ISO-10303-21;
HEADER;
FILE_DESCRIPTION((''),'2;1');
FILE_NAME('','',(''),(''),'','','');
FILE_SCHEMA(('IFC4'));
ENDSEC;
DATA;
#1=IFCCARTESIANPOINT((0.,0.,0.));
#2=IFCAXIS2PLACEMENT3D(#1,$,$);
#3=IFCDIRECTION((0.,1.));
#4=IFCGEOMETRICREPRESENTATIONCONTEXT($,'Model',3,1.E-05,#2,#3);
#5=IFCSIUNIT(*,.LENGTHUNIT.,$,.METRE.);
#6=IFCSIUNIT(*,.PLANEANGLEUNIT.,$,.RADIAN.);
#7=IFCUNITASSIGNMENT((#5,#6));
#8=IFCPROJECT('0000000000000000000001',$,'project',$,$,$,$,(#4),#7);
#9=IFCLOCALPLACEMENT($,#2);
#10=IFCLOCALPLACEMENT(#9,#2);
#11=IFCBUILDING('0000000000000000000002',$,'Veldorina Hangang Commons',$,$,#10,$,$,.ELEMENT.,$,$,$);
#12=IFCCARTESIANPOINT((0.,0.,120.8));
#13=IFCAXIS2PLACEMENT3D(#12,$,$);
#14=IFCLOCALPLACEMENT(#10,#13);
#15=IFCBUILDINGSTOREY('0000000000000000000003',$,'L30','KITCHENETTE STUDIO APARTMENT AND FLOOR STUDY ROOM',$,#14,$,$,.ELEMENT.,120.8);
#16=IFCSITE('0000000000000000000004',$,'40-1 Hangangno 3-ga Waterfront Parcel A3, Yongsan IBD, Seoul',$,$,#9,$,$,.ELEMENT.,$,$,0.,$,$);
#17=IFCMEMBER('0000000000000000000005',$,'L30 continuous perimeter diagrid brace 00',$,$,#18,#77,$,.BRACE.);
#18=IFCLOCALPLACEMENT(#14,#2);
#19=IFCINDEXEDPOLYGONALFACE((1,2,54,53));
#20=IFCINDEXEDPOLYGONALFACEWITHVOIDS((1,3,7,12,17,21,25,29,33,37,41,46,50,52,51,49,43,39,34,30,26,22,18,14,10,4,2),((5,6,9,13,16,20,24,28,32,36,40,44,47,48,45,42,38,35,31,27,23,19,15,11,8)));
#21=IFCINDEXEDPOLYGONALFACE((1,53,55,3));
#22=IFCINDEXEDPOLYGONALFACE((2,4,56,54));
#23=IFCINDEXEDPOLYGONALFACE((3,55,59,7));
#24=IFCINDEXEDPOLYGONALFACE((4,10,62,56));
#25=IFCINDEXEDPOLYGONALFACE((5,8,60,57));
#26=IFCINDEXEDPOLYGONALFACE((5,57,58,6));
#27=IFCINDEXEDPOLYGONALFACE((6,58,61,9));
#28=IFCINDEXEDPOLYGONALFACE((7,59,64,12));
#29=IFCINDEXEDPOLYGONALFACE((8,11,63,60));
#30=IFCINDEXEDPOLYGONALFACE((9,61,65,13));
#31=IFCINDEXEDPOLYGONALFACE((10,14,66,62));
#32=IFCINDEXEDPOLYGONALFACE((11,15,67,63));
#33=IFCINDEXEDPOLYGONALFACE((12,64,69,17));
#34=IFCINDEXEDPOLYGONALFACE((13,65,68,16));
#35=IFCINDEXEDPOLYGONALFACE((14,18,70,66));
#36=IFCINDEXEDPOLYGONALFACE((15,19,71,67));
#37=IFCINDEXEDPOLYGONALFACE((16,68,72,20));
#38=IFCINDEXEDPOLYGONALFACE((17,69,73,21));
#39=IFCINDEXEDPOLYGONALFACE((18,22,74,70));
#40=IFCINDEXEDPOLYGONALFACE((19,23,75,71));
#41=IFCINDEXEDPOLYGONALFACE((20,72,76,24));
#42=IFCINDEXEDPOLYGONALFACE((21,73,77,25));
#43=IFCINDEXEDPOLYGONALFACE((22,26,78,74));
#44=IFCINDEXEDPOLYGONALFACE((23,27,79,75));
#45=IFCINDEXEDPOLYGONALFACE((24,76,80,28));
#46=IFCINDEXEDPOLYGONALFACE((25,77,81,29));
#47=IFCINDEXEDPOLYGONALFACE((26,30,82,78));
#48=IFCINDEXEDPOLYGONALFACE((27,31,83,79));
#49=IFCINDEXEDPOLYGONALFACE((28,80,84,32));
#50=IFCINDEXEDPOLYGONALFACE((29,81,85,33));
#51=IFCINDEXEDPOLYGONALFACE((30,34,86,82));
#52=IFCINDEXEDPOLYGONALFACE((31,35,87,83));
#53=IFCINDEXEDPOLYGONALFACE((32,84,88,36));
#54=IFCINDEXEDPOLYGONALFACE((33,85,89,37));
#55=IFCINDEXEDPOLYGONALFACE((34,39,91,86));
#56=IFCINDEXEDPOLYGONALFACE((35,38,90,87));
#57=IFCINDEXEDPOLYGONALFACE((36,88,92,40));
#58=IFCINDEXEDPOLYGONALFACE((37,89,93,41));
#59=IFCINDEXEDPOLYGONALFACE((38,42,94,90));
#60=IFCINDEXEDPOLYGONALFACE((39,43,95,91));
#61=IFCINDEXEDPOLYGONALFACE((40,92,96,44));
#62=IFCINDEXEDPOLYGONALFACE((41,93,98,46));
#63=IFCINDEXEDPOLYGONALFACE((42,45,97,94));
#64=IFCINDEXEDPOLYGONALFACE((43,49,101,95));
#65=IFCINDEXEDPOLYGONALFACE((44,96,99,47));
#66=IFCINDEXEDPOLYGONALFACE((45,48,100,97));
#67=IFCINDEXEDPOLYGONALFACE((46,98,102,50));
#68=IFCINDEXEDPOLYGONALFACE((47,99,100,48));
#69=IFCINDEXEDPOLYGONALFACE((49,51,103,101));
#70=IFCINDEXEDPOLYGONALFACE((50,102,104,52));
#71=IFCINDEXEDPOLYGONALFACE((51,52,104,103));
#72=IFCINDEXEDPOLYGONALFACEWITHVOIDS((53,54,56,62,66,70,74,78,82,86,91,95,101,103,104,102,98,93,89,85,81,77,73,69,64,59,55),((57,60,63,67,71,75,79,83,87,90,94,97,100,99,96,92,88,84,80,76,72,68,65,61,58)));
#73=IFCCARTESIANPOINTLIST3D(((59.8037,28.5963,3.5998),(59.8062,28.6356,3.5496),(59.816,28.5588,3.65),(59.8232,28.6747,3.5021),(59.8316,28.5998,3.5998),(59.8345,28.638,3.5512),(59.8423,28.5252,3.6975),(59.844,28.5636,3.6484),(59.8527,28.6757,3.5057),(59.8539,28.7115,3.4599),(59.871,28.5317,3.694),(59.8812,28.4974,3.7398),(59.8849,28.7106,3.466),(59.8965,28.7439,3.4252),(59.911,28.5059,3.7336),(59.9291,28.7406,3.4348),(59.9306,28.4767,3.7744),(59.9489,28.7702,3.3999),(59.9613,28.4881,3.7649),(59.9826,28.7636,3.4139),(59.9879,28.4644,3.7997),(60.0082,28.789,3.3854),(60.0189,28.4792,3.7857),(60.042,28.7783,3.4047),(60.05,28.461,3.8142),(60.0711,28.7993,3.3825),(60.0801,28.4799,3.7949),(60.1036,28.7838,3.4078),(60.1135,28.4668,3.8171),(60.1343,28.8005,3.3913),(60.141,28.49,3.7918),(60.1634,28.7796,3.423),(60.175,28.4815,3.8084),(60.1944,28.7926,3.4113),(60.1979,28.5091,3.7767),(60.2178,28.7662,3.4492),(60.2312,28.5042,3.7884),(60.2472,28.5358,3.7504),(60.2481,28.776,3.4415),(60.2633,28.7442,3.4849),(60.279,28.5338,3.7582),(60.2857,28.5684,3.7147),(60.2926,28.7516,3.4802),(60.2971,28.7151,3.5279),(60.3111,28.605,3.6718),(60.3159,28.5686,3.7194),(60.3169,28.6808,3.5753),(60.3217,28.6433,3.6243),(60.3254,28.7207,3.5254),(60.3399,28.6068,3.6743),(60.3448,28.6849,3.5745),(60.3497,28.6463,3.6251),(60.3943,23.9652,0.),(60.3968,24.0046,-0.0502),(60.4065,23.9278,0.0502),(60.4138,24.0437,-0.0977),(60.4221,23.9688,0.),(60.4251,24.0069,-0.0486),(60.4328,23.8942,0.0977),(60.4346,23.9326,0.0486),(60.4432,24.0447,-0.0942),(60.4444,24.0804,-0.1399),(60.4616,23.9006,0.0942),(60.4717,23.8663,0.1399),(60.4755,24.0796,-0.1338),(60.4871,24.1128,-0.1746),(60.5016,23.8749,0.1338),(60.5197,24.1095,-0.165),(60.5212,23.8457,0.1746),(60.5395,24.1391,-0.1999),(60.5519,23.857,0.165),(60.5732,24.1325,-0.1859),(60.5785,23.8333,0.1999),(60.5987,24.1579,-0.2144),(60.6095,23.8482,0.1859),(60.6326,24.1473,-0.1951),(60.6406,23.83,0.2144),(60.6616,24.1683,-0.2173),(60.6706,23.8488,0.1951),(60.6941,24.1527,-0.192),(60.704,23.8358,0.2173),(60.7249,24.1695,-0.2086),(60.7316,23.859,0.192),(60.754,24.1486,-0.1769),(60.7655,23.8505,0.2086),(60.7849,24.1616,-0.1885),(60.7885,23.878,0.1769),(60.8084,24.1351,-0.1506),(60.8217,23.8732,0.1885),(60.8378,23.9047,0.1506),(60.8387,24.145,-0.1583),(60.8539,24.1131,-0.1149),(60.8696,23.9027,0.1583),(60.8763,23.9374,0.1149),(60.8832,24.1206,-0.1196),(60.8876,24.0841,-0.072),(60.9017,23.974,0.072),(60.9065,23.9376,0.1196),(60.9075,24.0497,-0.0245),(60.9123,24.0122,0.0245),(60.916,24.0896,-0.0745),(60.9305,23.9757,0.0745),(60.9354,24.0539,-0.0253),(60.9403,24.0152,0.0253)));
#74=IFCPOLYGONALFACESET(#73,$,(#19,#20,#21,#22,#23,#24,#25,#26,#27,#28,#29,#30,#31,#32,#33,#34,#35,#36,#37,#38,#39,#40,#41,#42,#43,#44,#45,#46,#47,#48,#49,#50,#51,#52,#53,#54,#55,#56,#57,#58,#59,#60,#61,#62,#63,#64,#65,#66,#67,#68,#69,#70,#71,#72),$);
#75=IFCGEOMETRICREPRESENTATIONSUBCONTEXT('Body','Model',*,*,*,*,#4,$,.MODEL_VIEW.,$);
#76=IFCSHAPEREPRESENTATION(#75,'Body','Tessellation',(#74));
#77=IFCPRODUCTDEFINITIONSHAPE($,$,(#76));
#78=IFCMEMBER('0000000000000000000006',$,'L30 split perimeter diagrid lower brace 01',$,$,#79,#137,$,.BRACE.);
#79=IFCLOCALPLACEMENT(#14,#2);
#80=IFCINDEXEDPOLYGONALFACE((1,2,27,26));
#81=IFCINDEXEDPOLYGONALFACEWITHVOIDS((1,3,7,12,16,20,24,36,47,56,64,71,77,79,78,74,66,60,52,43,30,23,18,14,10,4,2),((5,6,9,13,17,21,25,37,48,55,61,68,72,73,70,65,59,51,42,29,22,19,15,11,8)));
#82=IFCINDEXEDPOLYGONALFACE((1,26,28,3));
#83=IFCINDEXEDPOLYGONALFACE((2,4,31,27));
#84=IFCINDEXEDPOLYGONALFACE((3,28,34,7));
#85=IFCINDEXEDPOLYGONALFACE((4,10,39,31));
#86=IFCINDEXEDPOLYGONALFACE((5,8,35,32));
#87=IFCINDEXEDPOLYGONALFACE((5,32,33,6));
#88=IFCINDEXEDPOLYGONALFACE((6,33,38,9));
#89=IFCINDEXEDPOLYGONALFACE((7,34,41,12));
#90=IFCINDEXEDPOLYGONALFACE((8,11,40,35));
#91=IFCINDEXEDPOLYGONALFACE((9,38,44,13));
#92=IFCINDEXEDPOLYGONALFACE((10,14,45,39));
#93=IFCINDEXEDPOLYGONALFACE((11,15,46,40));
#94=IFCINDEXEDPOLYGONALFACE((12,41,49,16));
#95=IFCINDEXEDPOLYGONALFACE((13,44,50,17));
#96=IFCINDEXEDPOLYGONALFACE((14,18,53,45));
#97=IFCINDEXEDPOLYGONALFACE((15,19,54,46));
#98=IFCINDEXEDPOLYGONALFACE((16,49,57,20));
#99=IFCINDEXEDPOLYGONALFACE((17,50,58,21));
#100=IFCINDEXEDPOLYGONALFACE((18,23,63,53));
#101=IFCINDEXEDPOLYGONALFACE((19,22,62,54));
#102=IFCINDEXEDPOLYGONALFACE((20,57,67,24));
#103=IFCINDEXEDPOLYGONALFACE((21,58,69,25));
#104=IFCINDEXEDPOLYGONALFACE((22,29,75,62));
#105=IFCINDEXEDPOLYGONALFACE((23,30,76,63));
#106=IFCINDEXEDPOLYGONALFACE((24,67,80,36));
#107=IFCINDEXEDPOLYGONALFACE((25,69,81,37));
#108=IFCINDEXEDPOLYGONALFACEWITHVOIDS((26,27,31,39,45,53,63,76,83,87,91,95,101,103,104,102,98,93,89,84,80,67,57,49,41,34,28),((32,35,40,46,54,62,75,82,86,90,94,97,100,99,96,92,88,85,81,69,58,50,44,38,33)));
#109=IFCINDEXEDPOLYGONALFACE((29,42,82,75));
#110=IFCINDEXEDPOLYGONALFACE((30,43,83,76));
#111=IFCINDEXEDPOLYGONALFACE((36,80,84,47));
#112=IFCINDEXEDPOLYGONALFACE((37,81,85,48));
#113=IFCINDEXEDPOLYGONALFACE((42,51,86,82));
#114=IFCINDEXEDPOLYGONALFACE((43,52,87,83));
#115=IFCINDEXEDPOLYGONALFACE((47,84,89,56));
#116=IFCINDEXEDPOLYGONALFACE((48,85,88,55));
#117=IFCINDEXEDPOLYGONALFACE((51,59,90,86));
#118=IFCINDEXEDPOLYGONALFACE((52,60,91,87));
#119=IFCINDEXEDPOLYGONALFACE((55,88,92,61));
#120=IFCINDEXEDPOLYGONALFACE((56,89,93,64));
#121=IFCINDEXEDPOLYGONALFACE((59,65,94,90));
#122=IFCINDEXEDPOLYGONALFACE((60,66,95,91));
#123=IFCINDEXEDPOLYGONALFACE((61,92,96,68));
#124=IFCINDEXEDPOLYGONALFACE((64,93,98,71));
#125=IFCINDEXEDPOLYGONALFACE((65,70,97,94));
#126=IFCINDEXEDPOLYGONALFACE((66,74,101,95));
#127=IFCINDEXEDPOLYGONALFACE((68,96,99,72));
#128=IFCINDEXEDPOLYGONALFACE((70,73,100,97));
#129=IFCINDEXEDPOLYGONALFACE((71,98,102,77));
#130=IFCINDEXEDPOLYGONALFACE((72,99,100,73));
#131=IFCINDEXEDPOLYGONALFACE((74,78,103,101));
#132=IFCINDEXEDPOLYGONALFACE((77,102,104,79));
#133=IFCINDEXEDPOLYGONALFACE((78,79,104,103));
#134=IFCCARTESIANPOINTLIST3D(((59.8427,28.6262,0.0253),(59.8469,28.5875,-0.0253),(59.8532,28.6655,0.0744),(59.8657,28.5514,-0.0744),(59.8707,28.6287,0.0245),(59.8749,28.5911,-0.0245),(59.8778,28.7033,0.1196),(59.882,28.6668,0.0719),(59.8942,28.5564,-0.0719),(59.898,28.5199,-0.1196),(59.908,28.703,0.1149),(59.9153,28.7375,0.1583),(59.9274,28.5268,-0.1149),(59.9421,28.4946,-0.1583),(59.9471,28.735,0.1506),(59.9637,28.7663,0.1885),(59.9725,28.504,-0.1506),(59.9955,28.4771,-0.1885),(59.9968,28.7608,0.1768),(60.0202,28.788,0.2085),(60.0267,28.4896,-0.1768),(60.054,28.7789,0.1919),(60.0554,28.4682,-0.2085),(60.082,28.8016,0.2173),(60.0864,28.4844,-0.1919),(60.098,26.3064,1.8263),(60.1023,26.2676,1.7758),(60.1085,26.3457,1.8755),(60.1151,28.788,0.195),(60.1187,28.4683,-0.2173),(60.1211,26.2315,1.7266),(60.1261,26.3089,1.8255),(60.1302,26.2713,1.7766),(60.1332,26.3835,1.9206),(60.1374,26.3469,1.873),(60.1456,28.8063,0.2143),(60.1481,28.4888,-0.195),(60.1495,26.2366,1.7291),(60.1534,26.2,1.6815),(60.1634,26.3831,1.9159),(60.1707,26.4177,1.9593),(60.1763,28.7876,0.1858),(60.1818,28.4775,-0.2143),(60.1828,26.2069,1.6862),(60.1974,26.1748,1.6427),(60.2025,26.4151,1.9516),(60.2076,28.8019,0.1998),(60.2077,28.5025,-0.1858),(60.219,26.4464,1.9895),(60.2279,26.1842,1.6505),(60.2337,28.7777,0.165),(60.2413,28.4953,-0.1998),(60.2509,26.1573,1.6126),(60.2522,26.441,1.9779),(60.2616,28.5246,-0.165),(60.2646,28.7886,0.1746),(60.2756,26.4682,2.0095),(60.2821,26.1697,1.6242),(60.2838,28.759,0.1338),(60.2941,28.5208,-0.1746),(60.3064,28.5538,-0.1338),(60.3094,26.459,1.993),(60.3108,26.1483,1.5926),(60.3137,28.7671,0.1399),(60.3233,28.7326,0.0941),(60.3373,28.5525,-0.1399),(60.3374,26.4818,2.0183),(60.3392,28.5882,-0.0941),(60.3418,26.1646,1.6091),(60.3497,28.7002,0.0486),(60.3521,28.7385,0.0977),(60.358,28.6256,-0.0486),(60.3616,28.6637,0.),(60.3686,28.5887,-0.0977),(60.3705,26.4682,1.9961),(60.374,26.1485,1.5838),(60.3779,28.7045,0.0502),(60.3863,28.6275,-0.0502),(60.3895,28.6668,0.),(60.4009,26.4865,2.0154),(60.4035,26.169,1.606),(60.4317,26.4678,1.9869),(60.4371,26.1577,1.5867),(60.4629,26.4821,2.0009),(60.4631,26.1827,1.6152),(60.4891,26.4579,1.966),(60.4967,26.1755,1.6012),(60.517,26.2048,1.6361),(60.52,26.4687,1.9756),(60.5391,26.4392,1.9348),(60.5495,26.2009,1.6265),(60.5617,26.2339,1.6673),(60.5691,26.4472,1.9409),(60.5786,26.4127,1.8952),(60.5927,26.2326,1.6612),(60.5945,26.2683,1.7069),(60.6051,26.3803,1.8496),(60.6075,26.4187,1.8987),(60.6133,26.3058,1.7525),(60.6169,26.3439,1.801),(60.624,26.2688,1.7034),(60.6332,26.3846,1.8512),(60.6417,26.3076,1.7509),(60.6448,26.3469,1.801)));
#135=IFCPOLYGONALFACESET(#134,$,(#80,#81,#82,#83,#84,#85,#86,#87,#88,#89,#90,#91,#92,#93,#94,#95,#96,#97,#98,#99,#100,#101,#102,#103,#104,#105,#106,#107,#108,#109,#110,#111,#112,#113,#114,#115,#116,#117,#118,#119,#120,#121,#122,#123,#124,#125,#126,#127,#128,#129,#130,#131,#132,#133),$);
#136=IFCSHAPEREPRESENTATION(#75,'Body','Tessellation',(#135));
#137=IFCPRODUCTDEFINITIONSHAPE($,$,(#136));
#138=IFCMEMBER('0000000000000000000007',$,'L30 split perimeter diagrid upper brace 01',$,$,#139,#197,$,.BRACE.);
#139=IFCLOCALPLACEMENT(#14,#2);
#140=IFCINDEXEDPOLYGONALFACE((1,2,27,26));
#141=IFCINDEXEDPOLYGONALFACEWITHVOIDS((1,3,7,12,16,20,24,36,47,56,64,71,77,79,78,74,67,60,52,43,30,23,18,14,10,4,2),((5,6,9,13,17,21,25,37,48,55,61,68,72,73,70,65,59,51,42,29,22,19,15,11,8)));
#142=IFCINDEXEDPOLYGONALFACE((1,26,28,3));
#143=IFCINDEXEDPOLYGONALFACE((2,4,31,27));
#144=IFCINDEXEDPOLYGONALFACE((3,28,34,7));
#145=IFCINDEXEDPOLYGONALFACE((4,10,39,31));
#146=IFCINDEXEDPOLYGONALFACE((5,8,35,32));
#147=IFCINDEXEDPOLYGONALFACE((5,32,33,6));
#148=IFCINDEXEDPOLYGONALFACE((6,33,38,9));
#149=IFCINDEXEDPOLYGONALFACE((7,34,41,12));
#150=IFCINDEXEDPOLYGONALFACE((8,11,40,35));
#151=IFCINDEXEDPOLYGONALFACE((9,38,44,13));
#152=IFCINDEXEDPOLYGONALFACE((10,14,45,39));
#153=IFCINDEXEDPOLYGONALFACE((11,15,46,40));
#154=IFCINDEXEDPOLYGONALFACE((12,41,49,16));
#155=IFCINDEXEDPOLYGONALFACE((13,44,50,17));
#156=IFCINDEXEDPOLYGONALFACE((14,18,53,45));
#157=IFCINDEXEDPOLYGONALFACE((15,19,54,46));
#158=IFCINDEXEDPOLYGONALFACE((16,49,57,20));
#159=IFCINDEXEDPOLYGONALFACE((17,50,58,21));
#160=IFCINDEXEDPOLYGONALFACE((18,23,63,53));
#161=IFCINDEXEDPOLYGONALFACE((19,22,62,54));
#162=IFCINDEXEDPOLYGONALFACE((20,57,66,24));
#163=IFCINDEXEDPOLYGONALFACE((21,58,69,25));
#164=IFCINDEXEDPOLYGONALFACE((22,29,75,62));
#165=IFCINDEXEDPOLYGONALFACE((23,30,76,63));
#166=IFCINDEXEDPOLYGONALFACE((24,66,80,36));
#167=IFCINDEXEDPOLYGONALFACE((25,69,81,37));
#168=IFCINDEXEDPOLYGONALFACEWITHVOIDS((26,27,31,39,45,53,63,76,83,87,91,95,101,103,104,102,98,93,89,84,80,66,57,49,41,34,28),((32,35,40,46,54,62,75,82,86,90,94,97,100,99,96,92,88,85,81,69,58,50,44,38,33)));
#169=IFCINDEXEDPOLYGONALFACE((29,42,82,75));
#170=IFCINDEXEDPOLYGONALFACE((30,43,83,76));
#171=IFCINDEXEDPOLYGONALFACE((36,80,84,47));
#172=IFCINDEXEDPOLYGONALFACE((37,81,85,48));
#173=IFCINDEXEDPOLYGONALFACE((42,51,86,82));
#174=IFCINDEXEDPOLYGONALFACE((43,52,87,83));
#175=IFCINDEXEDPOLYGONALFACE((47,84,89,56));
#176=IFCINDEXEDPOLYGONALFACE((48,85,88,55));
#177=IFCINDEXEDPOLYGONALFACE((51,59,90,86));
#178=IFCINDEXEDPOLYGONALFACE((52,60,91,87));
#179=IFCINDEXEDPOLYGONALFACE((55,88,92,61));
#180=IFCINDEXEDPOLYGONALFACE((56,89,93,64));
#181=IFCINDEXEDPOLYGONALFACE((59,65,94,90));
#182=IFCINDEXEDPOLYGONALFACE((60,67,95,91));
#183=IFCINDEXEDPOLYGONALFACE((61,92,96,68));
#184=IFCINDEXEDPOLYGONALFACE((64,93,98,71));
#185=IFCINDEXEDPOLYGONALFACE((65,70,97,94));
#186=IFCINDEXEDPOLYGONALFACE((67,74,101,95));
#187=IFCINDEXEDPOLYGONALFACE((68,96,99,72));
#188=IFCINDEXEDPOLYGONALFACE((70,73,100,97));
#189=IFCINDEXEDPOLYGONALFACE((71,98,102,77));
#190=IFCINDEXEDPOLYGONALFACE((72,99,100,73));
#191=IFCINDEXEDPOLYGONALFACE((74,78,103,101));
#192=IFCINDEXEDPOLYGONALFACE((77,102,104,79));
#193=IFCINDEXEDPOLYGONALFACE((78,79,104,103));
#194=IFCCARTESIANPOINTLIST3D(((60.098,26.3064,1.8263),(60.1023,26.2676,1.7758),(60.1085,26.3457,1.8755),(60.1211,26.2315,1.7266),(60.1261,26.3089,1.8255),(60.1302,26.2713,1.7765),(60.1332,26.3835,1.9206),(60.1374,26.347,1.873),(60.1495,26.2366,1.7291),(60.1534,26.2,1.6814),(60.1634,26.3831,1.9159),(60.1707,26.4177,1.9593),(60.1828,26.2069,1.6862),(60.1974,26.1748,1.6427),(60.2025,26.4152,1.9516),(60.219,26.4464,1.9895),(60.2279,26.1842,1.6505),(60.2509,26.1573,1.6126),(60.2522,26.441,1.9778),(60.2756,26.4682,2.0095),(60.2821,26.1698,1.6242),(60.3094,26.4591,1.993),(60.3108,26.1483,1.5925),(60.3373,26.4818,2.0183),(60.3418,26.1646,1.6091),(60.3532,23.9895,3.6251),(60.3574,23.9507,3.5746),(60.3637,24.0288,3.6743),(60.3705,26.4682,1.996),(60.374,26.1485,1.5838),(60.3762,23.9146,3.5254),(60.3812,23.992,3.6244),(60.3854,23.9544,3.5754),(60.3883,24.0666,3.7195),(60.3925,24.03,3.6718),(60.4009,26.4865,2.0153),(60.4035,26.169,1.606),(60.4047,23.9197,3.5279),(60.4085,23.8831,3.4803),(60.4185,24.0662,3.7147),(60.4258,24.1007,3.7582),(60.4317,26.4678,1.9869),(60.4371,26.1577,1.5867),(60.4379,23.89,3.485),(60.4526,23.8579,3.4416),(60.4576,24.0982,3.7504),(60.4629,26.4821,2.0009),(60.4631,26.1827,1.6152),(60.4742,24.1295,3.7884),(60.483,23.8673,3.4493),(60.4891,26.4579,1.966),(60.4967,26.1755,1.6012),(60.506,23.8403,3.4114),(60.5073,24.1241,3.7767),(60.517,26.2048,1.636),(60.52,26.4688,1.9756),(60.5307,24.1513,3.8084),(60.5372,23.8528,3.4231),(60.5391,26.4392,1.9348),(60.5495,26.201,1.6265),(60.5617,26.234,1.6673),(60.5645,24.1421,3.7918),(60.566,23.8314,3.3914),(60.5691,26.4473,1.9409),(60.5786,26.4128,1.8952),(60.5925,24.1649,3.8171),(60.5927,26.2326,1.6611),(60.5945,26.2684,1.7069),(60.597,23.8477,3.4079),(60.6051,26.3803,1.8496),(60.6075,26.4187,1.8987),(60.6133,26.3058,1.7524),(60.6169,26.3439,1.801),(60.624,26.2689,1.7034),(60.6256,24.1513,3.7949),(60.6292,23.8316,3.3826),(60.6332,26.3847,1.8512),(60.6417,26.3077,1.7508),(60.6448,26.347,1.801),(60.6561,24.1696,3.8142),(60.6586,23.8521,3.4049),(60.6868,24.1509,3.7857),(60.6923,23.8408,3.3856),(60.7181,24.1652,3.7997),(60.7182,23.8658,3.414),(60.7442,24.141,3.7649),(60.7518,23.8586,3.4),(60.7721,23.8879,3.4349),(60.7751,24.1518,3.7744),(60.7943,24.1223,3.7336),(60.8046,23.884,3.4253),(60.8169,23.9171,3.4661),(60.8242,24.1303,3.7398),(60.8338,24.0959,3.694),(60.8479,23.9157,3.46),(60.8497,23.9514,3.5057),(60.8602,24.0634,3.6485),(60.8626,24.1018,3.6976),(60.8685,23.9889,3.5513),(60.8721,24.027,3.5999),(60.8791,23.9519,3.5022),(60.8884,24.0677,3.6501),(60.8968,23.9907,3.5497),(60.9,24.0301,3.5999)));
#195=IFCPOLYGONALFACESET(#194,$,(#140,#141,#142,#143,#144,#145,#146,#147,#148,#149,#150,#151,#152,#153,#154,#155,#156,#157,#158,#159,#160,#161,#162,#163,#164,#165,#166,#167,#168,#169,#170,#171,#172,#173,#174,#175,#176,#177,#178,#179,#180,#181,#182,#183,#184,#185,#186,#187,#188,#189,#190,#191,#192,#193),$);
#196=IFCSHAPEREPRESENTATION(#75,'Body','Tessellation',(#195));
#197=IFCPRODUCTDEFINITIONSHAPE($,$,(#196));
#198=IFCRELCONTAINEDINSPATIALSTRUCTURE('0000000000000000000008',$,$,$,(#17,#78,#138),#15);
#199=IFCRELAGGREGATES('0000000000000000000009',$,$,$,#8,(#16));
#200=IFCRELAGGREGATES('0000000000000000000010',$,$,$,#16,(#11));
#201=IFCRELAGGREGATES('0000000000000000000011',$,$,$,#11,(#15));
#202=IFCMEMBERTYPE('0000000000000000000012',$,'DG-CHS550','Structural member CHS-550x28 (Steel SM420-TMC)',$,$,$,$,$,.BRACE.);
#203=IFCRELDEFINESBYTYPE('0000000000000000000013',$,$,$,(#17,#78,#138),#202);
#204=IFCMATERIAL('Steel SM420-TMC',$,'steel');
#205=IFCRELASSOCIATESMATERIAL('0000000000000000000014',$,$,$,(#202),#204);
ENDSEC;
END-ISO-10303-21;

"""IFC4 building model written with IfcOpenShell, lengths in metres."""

from ifc_helpers import new_model, si_unit, direction, frame, origin, origin_2d, place, context, subcontext, project, spatial, hollow_circle, extrude, material, material_profile, profile_set, type_object, element, save


model = new_model("IFC4")

# Units and contexts
model_context = context("Model", 3, precision=1e-05, world=origin(), true_north=direction((0.0, 1.0)))
body_context = subcontext(model_context, "Body", "Model", "MODEL_VIEW")
ifc_project = project(units=[si_unit("LENGTHUNIT", "METRE"), si_unit("PLANEANGLEUNIT", "RADIAN")], contexts=[model_context])

# Site, building, storey
site_placement = place(None, origin())
site = spatial("IfcSite", under=ifc_project, at=site_placement, Name="40-1 Hangangno 3-ga Waterfront Parcel A3, Yongsan IBD, Seoul", CompositionType="ELEMENT", RefElevation=0.0)
building_placement = place(site_placement, origin())
building = spatial("IfcBuilding", under=site, at=building_placement, Name="Veldorina Hangang Commons", CompositionType="ELEMENT")
storey_placement = place(building_placement, frame((0.0, 0.0, 120.8)))
storey = spatial("IfcBuildingStorey", under=building, at=storey_placement, Name="L30", Description="KITCHENETTE STUDIO APARTMENT AND FLOOR STUDY ROOM", CompositionType="ELEMENT", Elevation=120.8)

# Shared definitions
ifc_material_1 = material(Name="Steel SM420-TMC", Category="steel")

# Members
ifc_material_profile_1 = material_profile(ifc_material_1, hollow_circle(Radius=0.2749, WallThickness=0.0281, at=origin_2d()), Name="CHS-550x28")
ifc_profile_set_1 = profile_set([ifc_material_profile_1], Name="Steel SM420-TMC")
member_type_1 = type_object("IfcMemberType", Name="DG-CHS550", Description="Structural member CHS-550x28 (Steel SM420-TMC)", PredefinedType="BRACE", material=ifc_profile_set_1)
member_1_placement = place(storey_placement, frame((60.667, 24.0, 0.0), z_axis=(-0.100177, 0.785555, 0.610629), x_axis=(-0.991967, -0.126499, 0.0)))
element("IfcMember", 1, at=member_1_placement, inside=storey, type_object=member_type_1, Name="L30 continuous perimeter diagrid brace 00", PredefinedType="BRACE", context=body_context, shape_type="SweptSolid", body=[
    extrude(hollow_circle(Radius=0.2749, WallThickness=0.0281, at=origin_2d()), origin(), (0.0, 0.0, 1.0), 5.8953),
])
member_2_placement = place(storey_placement, frame((60.1162, 28.6367, 0.0), z_axis=(0.086626, -0.786924, 0.610939), x_axis=(0.993995, 0.109421, 0.0)))
element("IfcMember", 2, at=member_2_placement, inside=storey, type_object=member_type_1, Name="L30 split perimeter diagrid lower brace 01", PredefinedType="BRACE", context=body_context, shape_type="SweptSolid", body=[
    extrude(hollow_circle(Radius=0.2749, WallThickness=0.0281, at=origin_2d()), origin(), (0.0, 0.0, 1.0), 2.948),
])
member_3_placement = place(storey_placement, frame((60.3716, 26.3169, 1.801), z_axis=(0.086651, -0.78691, 0.610954), x_axis=(0.993992, 0.109454, 0.0)))
element("IfcMember", 3, at=member_3_placement, inside=storey, type_object=member_type_1, Name="L30 split perimeter diagrid upper brace 01", PredefinedType="BRACE", context=body_context, shape_type="SweptSolid", body=[
    extrude(hollow_circle(Radius=0.2749, WallThickness=0.0281, at=origin_2d()), origin(), (0.0, 0.0, 1.0), 2.9443),
])

save(model, "model.ifc")
